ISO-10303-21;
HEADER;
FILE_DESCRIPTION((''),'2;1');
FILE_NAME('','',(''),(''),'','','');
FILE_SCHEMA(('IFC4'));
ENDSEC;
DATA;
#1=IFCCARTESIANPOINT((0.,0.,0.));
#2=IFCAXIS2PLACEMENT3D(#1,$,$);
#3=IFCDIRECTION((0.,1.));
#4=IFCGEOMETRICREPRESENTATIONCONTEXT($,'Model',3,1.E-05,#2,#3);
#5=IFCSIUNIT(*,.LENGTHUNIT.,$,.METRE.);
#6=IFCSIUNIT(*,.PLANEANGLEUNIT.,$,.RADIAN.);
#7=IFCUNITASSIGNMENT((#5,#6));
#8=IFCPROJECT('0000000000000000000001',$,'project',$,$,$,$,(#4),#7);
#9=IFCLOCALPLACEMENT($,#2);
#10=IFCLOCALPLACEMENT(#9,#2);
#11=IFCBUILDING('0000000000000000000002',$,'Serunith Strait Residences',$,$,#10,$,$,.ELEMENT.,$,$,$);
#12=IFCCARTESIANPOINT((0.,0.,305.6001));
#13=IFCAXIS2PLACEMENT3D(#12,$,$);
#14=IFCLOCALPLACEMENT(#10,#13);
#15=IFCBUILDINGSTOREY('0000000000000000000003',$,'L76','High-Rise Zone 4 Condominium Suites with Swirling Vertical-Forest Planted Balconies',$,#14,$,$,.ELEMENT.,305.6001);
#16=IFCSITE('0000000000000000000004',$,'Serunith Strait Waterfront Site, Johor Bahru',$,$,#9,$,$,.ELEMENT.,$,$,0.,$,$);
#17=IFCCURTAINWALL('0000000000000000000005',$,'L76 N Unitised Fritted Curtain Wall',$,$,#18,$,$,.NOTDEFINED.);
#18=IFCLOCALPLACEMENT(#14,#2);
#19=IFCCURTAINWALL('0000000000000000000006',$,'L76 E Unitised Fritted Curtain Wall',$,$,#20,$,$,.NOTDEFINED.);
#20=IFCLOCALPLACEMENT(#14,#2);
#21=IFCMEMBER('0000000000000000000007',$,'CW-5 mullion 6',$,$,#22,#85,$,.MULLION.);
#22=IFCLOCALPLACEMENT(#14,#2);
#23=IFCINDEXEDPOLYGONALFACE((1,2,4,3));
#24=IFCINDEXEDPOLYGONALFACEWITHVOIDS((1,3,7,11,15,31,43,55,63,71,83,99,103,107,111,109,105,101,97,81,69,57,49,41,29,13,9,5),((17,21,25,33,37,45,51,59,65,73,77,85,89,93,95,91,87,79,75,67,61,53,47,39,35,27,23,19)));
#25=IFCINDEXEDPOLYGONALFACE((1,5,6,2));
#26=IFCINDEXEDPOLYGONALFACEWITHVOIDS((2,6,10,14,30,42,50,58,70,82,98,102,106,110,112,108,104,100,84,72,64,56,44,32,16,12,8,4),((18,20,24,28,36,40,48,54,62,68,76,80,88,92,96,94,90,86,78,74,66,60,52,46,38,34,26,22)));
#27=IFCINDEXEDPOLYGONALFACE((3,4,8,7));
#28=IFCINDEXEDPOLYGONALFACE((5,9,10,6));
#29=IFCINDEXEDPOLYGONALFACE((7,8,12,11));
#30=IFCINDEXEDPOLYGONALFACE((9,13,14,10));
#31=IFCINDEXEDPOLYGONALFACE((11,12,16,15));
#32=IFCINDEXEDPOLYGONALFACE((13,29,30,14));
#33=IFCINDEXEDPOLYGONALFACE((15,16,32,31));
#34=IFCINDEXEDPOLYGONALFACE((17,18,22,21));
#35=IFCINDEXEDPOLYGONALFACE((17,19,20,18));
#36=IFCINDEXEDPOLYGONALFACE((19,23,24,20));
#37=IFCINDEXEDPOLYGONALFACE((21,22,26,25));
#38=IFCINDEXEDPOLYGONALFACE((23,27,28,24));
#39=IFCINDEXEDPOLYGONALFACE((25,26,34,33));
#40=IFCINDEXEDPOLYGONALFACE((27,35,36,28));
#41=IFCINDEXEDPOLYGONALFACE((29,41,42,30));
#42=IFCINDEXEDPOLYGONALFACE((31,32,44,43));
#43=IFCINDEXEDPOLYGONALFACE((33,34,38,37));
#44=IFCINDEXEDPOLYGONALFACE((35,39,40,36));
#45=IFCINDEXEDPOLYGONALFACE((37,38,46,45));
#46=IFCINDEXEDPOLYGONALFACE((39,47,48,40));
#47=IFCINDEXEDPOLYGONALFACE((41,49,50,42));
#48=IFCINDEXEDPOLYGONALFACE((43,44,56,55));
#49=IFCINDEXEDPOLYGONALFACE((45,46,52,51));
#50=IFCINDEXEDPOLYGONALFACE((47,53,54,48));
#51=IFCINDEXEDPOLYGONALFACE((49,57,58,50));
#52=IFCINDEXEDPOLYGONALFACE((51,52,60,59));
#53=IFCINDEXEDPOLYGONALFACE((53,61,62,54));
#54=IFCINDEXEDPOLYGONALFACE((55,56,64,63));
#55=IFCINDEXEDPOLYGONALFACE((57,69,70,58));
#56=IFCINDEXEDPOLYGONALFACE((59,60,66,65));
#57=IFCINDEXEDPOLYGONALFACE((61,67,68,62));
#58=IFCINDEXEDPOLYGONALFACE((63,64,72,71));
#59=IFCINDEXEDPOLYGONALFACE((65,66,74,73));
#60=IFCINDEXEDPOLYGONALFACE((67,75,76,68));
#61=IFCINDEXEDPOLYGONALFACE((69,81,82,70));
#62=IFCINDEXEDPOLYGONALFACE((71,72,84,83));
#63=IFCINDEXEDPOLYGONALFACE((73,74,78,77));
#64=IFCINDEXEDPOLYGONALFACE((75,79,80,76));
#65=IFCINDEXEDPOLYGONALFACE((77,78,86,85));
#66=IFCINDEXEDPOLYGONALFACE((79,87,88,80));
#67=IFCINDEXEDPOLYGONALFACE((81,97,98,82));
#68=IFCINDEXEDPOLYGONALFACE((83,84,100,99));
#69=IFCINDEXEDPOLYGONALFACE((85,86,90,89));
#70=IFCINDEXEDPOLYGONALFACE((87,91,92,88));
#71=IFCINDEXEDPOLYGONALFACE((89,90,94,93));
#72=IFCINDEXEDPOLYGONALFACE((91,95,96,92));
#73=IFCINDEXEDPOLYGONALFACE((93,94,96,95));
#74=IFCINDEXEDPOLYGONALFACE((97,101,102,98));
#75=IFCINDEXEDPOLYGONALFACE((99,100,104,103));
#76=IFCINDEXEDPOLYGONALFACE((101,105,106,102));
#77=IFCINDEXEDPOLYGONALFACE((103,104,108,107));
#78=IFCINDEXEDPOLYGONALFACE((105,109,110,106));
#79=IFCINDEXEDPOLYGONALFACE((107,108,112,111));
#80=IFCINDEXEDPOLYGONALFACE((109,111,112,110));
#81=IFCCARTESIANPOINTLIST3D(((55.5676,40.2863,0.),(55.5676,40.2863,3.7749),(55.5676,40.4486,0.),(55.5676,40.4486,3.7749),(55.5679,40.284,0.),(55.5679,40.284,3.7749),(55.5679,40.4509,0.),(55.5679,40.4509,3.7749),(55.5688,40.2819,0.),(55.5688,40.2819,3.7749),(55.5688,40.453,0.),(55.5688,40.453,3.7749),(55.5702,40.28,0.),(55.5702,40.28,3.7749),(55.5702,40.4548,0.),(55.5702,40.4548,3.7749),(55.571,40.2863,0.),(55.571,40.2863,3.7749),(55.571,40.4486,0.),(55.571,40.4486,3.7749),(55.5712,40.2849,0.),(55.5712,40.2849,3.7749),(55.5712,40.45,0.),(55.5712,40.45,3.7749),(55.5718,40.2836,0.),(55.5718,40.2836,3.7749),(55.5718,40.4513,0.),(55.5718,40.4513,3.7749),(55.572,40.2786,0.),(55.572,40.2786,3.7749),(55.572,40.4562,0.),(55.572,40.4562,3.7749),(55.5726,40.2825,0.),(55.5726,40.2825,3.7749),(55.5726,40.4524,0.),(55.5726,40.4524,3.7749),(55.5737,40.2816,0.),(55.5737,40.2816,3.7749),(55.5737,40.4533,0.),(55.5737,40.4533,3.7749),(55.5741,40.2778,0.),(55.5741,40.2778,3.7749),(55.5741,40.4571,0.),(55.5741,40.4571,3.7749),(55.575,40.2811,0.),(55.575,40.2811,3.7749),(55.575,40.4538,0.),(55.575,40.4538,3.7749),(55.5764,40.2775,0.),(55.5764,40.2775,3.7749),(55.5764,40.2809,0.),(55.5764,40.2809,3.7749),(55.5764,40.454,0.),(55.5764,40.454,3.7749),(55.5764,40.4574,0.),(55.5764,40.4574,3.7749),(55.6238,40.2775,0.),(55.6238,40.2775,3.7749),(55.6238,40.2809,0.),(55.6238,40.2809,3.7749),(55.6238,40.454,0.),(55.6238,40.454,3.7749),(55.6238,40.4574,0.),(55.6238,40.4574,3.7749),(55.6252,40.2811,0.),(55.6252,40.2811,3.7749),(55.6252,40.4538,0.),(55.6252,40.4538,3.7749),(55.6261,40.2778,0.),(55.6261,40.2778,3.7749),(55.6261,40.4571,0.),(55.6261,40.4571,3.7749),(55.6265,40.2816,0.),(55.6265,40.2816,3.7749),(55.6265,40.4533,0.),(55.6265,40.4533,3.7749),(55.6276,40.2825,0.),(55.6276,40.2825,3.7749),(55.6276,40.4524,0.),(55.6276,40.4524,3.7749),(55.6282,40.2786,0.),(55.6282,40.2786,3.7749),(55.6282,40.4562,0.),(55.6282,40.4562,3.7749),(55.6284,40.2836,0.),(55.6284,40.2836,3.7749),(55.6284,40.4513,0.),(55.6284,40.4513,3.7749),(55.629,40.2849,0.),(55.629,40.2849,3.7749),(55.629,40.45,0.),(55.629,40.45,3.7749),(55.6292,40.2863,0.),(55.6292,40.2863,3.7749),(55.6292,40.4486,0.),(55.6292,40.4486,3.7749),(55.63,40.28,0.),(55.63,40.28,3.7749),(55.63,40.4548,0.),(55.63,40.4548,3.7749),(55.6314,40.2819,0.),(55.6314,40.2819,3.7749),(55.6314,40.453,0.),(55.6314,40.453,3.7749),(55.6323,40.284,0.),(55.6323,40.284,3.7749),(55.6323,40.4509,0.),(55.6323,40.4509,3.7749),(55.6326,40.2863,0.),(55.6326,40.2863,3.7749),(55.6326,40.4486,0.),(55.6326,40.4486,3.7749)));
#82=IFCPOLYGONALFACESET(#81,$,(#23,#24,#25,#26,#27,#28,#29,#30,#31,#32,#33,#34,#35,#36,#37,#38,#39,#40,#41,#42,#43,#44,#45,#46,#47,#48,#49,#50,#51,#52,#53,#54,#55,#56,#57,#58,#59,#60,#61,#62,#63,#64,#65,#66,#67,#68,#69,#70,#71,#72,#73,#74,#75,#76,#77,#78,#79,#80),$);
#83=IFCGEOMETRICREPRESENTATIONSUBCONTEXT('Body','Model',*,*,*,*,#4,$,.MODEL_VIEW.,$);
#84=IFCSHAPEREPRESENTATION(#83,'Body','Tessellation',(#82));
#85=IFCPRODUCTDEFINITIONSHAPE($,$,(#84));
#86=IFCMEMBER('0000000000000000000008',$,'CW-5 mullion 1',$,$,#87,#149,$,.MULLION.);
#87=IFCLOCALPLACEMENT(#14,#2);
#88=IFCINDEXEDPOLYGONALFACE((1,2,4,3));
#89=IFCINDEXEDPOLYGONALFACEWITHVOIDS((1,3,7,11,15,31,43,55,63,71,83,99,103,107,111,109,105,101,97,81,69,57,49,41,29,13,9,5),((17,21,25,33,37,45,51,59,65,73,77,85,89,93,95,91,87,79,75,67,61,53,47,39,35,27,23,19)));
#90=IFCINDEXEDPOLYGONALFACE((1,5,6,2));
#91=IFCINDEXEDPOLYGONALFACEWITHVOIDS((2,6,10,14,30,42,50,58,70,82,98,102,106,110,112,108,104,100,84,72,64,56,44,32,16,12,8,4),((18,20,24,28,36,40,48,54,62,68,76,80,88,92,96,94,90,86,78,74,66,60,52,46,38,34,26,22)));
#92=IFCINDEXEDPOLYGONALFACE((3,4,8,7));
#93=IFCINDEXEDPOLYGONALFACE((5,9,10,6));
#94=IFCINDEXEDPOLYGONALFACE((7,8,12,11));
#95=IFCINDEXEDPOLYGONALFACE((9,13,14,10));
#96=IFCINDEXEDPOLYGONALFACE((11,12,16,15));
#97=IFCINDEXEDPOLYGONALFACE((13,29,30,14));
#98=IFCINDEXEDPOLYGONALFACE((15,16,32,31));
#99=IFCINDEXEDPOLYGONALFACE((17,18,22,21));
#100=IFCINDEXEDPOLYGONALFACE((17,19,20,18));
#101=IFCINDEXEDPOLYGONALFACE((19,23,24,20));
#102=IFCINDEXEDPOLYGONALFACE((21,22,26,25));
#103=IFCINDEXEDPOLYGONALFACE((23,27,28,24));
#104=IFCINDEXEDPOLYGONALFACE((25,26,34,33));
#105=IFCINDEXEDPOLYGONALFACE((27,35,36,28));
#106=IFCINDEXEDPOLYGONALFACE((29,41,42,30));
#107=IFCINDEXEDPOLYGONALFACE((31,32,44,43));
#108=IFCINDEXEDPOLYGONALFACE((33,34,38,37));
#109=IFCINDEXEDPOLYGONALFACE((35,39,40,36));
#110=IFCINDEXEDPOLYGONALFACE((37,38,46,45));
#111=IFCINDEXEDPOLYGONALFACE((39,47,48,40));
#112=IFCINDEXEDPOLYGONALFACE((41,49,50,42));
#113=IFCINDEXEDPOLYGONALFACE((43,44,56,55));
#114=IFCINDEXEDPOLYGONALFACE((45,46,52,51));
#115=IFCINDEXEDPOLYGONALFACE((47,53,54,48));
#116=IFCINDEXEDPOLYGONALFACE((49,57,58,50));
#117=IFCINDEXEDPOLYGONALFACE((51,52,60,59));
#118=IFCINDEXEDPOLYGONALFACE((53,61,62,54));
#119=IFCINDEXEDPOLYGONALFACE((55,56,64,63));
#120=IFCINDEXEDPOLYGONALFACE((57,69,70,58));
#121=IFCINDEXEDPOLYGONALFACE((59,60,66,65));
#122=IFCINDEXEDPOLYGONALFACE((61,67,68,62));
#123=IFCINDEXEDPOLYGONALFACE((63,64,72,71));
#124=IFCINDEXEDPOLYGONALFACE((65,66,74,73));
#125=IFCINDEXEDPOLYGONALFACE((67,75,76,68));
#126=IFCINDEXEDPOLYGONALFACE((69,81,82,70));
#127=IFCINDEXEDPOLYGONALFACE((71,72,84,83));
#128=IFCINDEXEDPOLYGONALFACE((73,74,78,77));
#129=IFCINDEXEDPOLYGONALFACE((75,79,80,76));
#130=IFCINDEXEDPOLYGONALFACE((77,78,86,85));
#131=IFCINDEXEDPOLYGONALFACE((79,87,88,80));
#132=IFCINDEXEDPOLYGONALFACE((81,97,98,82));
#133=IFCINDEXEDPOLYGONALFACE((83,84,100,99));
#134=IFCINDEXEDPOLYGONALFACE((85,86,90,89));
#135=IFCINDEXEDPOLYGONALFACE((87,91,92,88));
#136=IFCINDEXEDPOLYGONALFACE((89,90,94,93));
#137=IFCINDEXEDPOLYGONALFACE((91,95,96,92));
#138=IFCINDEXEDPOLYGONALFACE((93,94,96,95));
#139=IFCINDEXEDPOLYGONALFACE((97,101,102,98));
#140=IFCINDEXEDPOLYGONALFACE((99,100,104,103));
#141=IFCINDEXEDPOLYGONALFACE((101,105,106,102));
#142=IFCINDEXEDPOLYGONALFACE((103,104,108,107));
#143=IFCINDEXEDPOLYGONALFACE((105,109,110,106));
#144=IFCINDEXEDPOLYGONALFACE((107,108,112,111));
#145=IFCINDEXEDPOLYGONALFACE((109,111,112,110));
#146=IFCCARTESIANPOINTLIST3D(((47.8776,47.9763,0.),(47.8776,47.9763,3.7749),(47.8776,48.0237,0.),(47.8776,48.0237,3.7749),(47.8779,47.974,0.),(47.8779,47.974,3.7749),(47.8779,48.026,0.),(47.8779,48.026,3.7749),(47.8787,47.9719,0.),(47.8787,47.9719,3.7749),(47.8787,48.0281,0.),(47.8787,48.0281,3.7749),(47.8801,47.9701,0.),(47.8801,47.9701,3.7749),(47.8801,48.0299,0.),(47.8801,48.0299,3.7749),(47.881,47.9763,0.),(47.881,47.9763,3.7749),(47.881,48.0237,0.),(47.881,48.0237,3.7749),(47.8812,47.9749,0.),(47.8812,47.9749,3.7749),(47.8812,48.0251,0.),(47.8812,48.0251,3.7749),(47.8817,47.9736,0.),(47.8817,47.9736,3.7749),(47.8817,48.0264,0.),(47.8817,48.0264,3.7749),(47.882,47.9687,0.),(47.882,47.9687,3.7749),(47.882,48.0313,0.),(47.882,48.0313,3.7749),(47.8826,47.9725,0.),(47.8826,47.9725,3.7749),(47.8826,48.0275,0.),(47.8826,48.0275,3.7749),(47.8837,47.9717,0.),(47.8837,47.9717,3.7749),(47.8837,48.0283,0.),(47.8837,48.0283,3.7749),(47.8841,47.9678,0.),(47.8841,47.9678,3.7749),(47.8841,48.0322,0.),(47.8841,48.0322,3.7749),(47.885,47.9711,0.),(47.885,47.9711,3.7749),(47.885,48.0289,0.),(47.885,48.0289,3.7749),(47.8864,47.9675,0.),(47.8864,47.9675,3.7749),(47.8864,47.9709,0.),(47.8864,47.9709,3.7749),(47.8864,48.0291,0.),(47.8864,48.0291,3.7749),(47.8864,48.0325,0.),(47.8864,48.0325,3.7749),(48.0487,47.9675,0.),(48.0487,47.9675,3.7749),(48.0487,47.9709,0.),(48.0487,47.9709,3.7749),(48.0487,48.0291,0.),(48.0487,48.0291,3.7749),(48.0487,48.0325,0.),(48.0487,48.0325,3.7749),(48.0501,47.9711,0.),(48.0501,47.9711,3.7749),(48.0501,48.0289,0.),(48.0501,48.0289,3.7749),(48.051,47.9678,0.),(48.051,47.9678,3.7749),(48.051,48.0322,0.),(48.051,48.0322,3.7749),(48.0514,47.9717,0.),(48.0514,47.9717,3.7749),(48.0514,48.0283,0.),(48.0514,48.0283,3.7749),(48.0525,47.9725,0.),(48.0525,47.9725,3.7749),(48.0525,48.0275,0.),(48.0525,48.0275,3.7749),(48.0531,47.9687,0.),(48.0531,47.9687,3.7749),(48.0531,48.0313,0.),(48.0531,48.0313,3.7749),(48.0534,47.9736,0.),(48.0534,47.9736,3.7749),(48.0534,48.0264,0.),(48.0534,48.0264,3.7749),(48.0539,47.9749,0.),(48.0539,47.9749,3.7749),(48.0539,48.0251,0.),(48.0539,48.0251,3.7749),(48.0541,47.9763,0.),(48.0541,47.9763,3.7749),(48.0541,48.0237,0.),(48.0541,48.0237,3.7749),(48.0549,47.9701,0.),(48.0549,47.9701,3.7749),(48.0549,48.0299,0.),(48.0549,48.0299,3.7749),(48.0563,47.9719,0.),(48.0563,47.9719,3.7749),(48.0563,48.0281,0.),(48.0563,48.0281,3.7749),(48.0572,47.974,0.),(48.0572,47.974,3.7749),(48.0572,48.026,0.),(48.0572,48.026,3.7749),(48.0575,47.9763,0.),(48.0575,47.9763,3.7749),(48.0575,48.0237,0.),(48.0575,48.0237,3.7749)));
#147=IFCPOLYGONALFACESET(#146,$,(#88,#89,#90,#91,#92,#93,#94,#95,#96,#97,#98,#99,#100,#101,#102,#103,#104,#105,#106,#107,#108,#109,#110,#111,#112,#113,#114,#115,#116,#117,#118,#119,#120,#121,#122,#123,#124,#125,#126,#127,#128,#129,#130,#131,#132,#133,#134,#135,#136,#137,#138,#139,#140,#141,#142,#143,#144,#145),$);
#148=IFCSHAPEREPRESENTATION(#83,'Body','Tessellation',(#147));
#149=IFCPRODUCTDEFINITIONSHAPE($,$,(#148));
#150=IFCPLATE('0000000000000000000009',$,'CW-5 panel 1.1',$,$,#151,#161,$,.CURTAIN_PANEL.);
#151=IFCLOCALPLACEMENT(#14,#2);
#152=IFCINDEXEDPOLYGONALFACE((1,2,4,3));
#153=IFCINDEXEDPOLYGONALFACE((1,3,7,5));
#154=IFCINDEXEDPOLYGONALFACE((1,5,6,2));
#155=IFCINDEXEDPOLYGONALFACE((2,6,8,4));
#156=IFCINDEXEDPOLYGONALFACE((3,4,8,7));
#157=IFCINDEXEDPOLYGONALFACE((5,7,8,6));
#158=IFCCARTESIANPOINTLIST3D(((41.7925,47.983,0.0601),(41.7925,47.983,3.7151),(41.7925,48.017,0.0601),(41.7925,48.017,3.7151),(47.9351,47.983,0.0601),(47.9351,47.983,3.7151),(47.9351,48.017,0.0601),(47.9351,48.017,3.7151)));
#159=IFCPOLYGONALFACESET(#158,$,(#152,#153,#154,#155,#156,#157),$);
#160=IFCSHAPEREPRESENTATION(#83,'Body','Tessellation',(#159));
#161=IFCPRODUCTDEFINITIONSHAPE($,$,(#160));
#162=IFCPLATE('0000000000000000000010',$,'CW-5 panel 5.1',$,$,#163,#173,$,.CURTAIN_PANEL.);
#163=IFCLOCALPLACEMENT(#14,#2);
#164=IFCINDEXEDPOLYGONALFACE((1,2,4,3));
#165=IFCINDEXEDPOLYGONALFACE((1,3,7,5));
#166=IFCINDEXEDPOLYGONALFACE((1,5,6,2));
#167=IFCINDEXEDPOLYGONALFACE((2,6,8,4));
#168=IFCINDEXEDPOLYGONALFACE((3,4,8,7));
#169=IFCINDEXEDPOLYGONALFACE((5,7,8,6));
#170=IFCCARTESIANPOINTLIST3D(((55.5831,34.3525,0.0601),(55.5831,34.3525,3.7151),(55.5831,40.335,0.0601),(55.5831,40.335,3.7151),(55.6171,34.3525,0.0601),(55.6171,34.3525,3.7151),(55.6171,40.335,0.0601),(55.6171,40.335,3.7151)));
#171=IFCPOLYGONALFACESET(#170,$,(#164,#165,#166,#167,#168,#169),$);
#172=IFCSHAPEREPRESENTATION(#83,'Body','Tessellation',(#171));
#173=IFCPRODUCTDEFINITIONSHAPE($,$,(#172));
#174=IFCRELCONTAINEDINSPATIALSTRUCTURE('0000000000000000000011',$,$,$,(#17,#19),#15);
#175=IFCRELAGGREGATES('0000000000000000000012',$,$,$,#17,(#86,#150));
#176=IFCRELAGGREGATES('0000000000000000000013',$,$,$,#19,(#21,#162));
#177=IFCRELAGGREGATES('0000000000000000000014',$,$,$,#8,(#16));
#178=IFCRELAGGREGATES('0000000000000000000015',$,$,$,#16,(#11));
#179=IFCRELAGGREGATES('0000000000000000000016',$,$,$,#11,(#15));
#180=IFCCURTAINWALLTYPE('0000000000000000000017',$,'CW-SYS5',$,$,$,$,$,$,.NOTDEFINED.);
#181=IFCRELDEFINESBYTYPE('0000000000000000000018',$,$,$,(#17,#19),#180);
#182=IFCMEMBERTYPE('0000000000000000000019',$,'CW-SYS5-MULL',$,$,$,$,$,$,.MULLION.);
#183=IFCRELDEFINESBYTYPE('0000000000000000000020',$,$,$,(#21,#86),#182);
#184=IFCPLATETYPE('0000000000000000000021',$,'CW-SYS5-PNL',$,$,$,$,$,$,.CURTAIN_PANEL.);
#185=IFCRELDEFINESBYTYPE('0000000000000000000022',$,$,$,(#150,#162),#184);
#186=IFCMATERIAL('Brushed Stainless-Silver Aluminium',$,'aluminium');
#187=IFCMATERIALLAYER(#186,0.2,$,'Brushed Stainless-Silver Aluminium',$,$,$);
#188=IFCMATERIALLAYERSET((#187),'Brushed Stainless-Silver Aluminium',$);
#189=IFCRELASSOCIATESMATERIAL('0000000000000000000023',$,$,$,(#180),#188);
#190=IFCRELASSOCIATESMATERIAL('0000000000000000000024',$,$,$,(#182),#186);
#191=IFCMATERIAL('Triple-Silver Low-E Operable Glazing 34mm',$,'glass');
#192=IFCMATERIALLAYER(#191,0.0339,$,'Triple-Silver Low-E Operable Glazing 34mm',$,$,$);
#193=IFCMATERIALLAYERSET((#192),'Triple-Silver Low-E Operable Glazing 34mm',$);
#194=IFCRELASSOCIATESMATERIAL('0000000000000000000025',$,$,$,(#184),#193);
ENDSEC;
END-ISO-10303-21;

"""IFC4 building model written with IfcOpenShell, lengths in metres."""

from ifc_helpers import new_model, si_unit, direction, frame, origin, origin_2d, place, context, subcontext, project, spatial, rectangle, hollow_rectangle, extrude, source, transform, mapped, material, layer, layer_set, material_profile, profile_set, type_object, element, aggregate, save


model = new_model("IFC4")

# Units and contexts
model_context = context("Model", 3, precision=1e-05, world=origin(), true_north=direction((0.0, 1.0)))
body_context = subcontext(model_context, "Body", "Model", "MODEL_VIEW")
ifc_project = project(units=[si_unit("LENGTHUNIT", "METRE"), si_unit("PLANEANGLEUNIT", "RADIAN")], contexts=[model_context])

# Site, building, storey
site_placement = place(None, origin())
site = spatial("IfcSite", under=ifc_project, at=site_placement, Name="Serunith Strait Waterfront Site, Johor Bahru", CompositionType="ELEMENT", RefElevation=0.0)
building_placement = place(site_placement, origin())
building = spatial("IfcBuilding", under=site, at=building_placement, Name="Serunith Strait Residences", CompositionType="ELEMENT")
storey_placement = place(building_placement, frame((0.0, 0.0, 305.6001)))
storey = spatial("IfcBuildingStorey", under=building, at=storey_placement, Name="L76", Description="High-Rise Zone 4 Condominium Suites with Swirling Vertical-Forest Planted Balconies", CompositionType="ELEMENT", Elevation=305.6001)

# Curtain wall
ifc_material_1 = material(Name="Brushed Stainless-Silver Aluminium", Category="aluminium")
ifc_layer_1 = layer(ifc_material_1, 0.2, Name="Brushed Stainless-Silver Aluminium")
ifc_layer_set_1 = layer_set([ifc_layer_1], Name="Brushed Stainless-Silver Aluminium")
curtain_wall_type = type_object("IfcCurtainWallType", Name="CW-SYS5", PredefinedType="NOTDEFINED", material=ifc_layer_set_1)
curtain_wall_1_placement = place(storey_placement, origin())
curtain_wall_1 = element("IfcCurtainWall", 1, at=curtain_wall_1_placement, inside=storey, type_object=curtain_wall_type, Name="L76 N Unitised Fritted Curtain Wall", PredefinedType="NOTDEFINED")

# Curtain wall, member
curtain_wall_2_placement = place(storey_placement, origin())
curtain_wall_2 = element("IfcCurtainWall", 2, at=curtain_wall_2_placement, inside=storey, type_object=curtain_wall_type, Name="L76 E Unitised Fritted Curtain Wall", PredefinedType="NOTDEFINED")
ifc_material_profile_1 = material_profile(ifc_material_1, hollow_rectangle(XDim=0.0649, YDim=0.1799, WallThickness=0.0034, InnerFilletRadius=0.0054, OuterFilletRadius=0.0088, at=origin_2d()), Name="ALU 180x65x3.5")
ifc_profile_set_1 = profile_set([ifc_material_profile_1], Name="Brushed Stainless-Silver Aluminium")
member_type_1 = type_object("IfcMemberType", Name="CW-SYS5-MULL", PredefinedType="MULLION", material=ifc_profile_set_1)
shared_shape_1 = source(origin(), body_context, "Body", "SweptSolid", [
    extrude(hollow_rectangle(XDim=0.0649, YDim=0.1799, WallThickness=0.0034, InnerFilletRadius=0.0054, OuterFilletRadius=0.0088, at=origin_2d()), origin(), (0.0, 0.0, 1.0), 3.7749),
])
member_1_placement = place(storey_placement, frame((55.6001, 40.3674, 0.0), z_axis=(0.0, 0.0, 1.0), x_axis=(-1.0, 0.0, 0.0)))
member_1 = element("IfcMember", 3, at=member_1_placement, type_object=member_type_1, Name="CW-5 mullion 6", PredefinedType="MULLION", context=body_context, shape_type="MappedRepresentation", body=[
    mapped(shared_shape_1, transform((0.0, 0.0, 0.0), scale=1.0)),
])

# Member
member_2_placement = place(storey_placement, frame((47.9675, 48.0, 0.0), z_axis=(0.0, 0.0, 1.0), x_axis=(0.0, -1.0, 0.0)))
member_2 = element("IfcMember", 4, at=member_2_placement, type_object=member_type_1, Name="CW-5 mullion 1", PredefinedType="MULLION", context=body_context, shape_type="MappedRepresentation", body=[
    mapped(shared_shape_1, transform((0.0, 0.0, 0.0), scale=1.0)),
])

# Plates
ifc_material_2 = material(Name="Triple-Silver Low-E Operable Glazing 34mm", Category="glass")
ifc_layer_2 = layer(ifc_material_2, 0.0339, Name="Triple-Silver Low-E Operable Glazing 34mm")
ifc_layer_set_2 = layer_set([ifc_layer_2], Name="Triple-Silver Low-E Operable Glazing 34mm")
plate_type = type_object("IfcPlateType", Name="CW-SYS5-PNL", PredefinedType="CURTAIN_PANEL", material=ifc_layer_set_2)
shared_shape_2 = source(origin(), body_context, "Body", "SweptSolid", [
    extrude(rectangle(XDim=6.1426, YDim=0.0339, at=origin_2d()), origin(), (0.0, 0.0, 1.0), 3.655),
])
plate_1_placement = place(storey_placement, frame((44.8638, 48.0, 0.0601), z_axis=(0.0, 0.0, 1.0), x_axis=(-1.0, 0.0, 0.0)))
plate_1 = element("IfcPlate", 5, at=plate_1_placement, type_object=plate_type, Name="CW-5 panel 1.1", PredefinedType="CURTAIN_PANEL", context=body_context, shape_type="MappedRepresentation", body=[
    mapped(shared_shape_2, transform((0.0, 0.0, 0.0), scale=1.0)),
])
aggregate(curtain_wall_1, [member_2, plate_1])
shared_shape_3 = source(origin(), body_context, "Body", "SweptSolid", [
    extrude(rectangle(XDim=5.9824, YDim=0.0339, at=origin_2d()), origin(), (0.0, 0.0, 1.0), 3.655),
])
plate_2_placement = place(storey_placement, frame((55.6001, 37.3438, 0.0601), z_axis=(0.0, 0.0, 1.0), x_axis=(0.0, 1.0, 0.0)))
plate_2 = element("IfcPlate", 6, at=plate_2_placement, type_object=plate_type, Name="CW-5 panel 5.1", PredefinedType="CURTAIN_PANEL", context=body_context, shape_type="MappedRepresentation", body=[
    mapped(shared_shape_3, transform((0.0, 0.0, 0.0), scale=1.0)),
])
aggregate(curtain_wall_2, [member_1, plate_2])

save(model, "model.ifc")
